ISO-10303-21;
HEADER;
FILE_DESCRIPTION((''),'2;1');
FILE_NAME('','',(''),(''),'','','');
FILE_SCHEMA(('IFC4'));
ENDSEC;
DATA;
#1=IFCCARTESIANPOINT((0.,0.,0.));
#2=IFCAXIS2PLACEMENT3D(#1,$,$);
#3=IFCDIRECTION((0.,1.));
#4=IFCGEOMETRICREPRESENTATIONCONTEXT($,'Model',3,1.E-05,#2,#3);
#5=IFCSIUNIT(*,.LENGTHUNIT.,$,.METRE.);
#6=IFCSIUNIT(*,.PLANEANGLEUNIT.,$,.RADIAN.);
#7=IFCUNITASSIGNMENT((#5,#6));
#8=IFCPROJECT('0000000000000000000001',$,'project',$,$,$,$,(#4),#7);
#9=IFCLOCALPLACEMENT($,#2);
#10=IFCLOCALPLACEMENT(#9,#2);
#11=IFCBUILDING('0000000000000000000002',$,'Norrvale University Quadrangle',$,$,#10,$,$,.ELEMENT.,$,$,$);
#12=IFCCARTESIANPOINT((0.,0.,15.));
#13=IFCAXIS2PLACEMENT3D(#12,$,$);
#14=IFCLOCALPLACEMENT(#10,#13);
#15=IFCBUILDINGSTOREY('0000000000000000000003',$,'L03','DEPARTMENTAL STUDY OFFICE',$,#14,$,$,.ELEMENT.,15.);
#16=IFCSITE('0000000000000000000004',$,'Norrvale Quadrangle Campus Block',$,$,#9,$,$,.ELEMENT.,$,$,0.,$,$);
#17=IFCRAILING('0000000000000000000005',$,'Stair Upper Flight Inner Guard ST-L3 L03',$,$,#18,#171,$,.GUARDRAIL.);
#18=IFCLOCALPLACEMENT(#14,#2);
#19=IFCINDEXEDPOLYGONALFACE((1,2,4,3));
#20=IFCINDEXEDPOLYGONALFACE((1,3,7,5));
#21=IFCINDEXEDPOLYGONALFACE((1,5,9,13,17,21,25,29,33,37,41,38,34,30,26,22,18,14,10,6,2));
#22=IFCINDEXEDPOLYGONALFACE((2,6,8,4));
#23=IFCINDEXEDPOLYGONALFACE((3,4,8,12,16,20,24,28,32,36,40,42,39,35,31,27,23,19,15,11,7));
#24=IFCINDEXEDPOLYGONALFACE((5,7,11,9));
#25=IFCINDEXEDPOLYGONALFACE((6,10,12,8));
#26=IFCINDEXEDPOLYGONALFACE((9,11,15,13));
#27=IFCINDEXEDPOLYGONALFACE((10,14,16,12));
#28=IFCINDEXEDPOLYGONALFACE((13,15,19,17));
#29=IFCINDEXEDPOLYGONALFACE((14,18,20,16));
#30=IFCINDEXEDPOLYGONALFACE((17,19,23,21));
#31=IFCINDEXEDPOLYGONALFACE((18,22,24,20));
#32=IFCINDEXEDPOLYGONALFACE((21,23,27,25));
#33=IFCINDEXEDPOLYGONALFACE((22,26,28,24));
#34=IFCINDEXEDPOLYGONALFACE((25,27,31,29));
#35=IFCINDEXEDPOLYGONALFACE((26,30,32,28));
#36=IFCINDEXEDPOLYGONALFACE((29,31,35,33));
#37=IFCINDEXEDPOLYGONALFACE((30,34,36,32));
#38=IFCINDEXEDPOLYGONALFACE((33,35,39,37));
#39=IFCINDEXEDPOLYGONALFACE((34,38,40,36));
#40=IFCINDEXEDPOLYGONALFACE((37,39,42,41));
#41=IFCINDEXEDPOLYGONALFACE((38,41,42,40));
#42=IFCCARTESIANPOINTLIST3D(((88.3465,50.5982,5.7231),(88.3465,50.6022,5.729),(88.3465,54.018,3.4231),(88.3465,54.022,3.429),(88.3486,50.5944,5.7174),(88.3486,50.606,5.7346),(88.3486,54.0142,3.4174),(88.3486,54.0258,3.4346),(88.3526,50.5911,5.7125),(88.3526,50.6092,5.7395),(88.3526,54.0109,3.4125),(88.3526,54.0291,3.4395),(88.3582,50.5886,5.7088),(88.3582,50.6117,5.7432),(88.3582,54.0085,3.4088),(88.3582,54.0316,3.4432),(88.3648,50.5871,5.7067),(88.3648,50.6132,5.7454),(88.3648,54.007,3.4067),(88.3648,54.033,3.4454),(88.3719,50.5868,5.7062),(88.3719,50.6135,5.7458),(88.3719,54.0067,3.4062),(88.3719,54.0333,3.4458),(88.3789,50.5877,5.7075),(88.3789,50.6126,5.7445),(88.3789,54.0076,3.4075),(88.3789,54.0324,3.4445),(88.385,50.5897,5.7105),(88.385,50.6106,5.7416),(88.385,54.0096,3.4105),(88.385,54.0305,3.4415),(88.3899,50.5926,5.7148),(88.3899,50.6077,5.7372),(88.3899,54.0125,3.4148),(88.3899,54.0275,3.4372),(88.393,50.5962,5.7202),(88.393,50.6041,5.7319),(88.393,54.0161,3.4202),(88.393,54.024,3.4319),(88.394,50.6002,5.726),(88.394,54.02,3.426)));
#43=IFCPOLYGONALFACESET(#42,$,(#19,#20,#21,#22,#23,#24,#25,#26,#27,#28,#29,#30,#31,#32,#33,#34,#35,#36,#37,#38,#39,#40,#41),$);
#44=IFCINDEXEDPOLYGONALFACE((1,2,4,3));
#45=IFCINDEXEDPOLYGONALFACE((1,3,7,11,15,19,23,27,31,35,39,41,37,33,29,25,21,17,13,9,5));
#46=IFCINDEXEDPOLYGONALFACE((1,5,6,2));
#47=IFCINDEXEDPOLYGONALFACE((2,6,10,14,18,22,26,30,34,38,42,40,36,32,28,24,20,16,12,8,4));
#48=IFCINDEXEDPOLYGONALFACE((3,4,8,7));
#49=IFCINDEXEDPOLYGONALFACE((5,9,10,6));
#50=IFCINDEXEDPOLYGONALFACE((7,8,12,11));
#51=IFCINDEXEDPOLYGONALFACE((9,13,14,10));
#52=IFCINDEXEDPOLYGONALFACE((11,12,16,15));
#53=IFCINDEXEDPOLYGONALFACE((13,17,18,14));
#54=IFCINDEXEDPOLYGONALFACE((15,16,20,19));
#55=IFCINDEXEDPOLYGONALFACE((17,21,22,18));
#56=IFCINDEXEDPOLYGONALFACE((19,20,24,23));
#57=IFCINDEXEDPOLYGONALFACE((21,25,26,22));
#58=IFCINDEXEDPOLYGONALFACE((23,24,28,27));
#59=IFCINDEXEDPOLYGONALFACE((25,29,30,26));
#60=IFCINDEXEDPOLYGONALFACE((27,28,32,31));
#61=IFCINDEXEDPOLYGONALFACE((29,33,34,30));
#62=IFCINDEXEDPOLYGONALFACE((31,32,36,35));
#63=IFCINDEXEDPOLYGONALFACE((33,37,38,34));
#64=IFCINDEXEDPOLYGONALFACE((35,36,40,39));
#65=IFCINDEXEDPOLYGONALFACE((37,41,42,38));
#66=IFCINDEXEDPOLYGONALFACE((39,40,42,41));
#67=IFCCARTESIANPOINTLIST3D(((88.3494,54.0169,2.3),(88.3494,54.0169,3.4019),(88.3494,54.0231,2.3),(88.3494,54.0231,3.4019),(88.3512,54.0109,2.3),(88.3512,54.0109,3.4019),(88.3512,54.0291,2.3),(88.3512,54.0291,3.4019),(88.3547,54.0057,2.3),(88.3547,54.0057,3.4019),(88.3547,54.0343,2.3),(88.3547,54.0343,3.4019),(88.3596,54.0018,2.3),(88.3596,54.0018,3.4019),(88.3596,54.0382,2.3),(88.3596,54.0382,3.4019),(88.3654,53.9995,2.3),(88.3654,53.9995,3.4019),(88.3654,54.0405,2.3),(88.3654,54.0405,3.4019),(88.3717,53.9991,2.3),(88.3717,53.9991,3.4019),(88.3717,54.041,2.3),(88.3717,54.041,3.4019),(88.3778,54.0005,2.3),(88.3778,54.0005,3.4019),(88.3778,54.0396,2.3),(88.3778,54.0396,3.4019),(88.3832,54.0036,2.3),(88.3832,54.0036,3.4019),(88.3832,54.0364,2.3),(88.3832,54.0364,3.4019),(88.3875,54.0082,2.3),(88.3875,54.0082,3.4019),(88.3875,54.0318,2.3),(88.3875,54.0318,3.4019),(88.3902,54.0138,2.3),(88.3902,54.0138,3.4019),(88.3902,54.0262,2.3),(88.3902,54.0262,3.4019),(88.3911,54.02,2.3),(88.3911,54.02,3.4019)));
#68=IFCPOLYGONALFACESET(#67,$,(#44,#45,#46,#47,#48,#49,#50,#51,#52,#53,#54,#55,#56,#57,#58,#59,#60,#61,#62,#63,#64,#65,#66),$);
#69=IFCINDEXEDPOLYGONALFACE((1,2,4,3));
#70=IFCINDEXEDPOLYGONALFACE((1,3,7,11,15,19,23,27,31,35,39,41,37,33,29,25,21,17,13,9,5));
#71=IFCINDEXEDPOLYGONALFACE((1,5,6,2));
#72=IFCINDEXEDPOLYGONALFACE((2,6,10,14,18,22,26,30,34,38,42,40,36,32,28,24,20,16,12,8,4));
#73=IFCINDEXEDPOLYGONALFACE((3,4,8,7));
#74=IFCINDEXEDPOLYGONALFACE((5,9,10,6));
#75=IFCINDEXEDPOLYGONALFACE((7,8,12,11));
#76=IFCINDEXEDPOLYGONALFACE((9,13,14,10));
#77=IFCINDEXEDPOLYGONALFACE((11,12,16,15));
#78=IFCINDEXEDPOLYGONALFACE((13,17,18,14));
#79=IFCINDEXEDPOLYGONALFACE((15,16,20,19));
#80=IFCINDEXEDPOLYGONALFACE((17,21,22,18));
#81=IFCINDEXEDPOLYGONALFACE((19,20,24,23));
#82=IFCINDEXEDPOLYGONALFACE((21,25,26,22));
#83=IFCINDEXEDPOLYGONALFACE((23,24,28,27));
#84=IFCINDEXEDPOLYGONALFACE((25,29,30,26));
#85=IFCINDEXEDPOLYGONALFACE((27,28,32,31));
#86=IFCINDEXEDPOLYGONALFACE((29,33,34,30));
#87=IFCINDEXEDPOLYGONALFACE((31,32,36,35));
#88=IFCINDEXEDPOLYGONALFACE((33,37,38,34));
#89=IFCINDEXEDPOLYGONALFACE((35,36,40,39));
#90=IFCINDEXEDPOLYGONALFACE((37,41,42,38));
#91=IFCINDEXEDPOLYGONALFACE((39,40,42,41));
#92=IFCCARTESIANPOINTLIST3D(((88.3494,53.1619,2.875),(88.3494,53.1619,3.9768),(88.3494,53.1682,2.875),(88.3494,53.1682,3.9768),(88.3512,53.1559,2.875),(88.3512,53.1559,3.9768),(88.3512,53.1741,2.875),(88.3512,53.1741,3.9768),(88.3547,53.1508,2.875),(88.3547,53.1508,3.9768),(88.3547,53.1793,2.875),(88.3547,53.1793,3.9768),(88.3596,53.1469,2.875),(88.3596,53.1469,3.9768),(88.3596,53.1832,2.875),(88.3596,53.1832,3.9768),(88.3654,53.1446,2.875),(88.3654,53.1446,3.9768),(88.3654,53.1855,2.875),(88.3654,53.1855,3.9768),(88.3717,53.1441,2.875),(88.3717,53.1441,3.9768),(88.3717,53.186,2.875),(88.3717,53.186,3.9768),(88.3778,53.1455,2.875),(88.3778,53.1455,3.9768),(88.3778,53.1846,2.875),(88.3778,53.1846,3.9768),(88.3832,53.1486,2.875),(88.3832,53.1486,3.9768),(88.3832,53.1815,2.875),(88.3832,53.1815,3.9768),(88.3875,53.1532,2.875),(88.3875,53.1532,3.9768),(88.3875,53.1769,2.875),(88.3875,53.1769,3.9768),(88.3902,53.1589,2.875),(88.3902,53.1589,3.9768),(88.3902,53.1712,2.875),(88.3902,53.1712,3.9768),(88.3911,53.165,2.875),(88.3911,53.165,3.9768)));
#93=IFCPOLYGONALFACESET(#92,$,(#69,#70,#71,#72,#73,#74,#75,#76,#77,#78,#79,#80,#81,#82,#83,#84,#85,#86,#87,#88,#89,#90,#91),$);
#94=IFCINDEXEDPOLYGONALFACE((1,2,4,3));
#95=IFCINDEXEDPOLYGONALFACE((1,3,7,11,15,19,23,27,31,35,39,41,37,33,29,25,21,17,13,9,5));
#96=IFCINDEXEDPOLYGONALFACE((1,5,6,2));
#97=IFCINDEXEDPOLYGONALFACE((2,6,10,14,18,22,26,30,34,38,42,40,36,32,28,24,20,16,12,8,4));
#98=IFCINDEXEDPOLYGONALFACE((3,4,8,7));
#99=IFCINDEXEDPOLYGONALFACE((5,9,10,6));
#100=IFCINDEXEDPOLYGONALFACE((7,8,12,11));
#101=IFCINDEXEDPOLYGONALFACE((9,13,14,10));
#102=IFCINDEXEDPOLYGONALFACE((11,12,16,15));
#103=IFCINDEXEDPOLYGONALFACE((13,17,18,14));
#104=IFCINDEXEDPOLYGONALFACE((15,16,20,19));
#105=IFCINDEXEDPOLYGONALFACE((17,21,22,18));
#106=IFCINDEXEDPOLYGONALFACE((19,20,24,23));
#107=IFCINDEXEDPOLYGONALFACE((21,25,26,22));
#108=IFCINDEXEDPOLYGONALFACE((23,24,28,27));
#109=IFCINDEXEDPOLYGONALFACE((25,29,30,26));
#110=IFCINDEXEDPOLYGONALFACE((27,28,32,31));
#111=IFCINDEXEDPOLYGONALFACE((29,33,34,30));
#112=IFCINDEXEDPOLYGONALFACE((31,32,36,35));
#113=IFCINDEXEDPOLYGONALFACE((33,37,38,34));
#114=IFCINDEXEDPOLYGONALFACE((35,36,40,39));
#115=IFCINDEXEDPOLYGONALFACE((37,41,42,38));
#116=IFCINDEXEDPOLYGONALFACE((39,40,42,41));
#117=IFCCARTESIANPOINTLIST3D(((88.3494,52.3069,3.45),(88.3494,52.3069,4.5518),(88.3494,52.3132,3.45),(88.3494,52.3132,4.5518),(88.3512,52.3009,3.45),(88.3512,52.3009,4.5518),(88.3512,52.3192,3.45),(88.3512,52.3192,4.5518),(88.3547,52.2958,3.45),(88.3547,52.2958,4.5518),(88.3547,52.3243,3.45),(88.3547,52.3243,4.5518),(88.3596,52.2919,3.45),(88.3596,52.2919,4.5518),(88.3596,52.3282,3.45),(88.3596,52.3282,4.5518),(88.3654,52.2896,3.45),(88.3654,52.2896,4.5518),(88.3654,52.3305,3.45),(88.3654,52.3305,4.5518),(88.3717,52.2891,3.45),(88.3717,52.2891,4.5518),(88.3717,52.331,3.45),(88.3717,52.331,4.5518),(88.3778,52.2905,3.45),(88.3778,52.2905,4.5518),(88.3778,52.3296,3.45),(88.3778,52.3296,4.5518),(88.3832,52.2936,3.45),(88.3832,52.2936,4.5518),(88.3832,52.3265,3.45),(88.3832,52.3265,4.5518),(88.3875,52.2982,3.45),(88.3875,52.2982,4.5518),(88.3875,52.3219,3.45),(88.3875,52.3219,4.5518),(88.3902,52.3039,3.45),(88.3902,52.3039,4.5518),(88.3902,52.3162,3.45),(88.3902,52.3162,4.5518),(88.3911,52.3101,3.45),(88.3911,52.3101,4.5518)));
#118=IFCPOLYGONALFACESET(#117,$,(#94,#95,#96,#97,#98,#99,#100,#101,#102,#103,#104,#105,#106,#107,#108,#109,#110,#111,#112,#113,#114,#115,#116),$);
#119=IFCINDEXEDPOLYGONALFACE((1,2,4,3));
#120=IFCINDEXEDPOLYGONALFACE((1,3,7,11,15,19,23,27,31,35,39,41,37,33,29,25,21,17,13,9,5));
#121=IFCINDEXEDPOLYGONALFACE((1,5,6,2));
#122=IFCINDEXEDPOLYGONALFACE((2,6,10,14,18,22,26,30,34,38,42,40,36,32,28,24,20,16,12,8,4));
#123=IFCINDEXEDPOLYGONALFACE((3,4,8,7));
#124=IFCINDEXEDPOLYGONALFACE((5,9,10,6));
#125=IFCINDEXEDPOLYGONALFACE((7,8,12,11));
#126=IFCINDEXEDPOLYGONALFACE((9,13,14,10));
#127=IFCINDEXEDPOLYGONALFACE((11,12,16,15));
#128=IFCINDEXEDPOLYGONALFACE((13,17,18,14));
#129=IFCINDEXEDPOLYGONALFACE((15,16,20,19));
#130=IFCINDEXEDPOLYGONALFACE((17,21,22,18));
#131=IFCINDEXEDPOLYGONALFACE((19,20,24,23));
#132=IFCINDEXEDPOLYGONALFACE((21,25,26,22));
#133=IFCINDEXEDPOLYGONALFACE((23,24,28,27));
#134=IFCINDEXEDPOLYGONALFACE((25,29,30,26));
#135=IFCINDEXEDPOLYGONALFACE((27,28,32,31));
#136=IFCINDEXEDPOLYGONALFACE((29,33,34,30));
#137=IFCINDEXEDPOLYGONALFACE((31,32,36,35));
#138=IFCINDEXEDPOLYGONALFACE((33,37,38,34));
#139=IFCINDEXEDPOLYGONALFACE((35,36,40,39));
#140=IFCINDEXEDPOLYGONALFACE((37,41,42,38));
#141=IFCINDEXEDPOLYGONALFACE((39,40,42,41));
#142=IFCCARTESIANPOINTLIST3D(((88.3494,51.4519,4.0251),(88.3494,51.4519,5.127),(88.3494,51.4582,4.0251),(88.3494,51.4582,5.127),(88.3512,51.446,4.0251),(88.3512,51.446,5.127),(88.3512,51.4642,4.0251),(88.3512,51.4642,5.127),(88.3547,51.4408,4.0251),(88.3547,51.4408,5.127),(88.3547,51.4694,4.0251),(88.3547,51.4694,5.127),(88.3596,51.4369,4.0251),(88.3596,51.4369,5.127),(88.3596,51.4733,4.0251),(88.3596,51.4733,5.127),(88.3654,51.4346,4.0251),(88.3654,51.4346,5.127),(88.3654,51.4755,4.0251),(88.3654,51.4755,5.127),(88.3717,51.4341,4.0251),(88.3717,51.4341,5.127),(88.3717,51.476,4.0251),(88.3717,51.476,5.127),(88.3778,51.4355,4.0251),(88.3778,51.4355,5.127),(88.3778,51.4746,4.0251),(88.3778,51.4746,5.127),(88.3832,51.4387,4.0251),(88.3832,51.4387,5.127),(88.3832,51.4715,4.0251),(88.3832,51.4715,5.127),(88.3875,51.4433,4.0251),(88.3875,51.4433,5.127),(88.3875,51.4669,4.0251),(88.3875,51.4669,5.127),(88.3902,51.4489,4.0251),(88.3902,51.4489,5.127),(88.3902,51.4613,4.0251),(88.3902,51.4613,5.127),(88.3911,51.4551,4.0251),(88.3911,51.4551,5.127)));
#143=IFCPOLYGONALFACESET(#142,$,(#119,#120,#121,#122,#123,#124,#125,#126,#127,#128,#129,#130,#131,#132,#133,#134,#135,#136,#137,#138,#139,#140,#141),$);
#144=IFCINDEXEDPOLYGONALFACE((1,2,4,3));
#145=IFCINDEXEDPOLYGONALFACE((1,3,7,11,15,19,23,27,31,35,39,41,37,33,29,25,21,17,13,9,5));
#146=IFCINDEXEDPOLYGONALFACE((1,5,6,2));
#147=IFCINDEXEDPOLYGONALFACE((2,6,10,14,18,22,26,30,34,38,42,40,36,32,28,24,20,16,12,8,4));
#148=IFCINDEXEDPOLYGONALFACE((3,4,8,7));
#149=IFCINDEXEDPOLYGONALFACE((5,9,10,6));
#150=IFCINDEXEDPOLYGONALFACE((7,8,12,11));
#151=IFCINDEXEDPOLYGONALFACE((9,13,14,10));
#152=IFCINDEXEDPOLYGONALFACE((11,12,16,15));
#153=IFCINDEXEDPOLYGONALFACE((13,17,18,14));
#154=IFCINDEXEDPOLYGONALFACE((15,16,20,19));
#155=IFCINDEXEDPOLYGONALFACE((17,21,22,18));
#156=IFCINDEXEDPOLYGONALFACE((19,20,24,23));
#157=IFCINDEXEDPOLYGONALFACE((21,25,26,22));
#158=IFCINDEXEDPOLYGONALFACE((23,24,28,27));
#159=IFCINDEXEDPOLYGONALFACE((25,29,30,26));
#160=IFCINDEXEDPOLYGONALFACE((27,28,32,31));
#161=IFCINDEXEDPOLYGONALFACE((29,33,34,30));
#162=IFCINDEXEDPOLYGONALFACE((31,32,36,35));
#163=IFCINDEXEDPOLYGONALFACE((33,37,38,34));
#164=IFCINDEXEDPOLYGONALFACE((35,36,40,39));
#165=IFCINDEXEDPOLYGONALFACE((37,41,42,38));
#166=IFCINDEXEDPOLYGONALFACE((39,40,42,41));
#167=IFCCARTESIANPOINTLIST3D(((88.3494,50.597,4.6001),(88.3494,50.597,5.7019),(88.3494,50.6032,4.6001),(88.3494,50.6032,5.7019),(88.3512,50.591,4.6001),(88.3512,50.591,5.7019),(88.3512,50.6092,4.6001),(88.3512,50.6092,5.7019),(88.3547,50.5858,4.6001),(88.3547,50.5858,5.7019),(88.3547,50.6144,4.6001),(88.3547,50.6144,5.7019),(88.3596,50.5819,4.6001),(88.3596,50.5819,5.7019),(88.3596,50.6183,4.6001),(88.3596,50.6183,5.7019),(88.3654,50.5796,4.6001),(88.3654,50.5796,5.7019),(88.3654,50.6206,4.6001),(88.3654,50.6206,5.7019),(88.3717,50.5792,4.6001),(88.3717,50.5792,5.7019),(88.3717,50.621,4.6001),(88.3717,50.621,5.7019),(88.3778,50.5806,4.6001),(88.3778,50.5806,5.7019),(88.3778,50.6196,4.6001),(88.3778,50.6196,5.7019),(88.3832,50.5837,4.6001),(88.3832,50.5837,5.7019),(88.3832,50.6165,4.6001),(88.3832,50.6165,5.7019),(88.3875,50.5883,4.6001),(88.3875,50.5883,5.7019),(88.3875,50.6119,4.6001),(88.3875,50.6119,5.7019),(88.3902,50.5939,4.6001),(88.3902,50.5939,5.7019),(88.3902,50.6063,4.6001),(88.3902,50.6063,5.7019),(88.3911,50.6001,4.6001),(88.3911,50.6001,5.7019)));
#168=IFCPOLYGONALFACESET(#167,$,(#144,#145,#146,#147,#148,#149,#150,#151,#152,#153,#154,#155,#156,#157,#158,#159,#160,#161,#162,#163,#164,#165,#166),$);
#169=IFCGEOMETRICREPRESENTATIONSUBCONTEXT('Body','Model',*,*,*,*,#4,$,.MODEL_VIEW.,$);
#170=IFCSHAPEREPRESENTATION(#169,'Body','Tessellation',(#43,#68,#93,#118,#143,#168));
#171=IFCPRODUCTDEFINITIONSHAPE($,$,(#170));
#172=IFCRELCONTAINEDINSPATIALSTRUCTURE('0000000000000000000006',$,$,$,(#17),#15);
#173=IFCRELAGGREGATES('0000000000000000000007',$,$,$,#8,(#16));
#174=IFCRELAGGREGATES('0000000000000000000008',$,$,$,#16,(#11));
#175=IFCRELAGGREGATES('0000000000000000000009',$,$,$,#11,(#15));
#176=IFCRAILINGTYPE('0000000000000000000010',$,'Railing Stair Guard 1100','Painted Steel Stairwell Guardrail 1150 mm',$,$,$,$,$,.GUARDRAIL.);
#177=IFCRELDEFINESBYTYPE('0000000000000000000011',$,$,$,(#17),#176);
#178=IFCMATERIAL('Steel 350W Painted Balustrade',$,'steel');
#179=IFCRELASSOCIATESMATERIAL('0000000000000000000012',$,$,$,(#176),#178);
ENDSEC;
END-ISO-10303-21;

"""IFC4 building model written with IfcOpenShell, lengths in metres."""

from ifc_helpers import new_model, si_unit, direction, frame, origin, origin_2d, place, context, subcontext, project, spatial, circle, extrude, material, type_object, element, save


model = new_model("IFC4")

# Units and contexts
model_context = context("Model", 3, precision=1e-05, world=origin(), true_north=direction((0.0, 1.0)))
body_context = subcontext(model_context, "Body", "Model", "MODEL_VIEW")
ifc_project = project(units=[si_unit("LENGTHUNIT", "METRE"), si_unit("PLANEANGLEUNIT", "RADIAN")], contexts=[model_context])

# Site, building, storey
site_placement = place(None, origin())
site = spatial("IfcSite", under=ifc_project, at=site_placement, Name="Norrvale Quadrangle Campus Block", CompositionType="ELEMENT", RefElevation=0.0)
building_placement = place(site_placement, origin())
building = spatial("IfcBuilding", under=site, at=building_placement, Name="Norrvale University Quadrangle", CompositionType="ELEMENT")
storey_placement = place(building_placement, frame((0.0, 0.0, 15.0)))
storey = spatial("IfcBuildingStorey", under=building, at=storey_placement, Name="L03", Description="DEPARTMENTAL STUDY OFFICE", CompositionType="ELEMENT", Elevation=15.0)

# Railing
ifc_material_1 = material(Name="Steel 350W Painted Balustrade", Category="steel")
railing_type_1 = type_object("IfcRailingType", Name="Railing Stair Guard 1100", Description="Painted Steel Stairwell Guardrail 1150 mm", PredefinedType="GUARDRAIL", material=ifc_material_1)
railing_1_placement = place(storey_placement, frame((88.3701, 54.02, 2.3)))
element("IfcRailing", 1, at=railing_1_placement, inside=storey, type_object=railing_type_1, Name="Stair Upper Flight Inner Guard ST-L3 L03", PredefinedType="GUARDRAIL", context=body_context, shape_type="SweptSolid", body=[
    extrude(circle(Radius=0.0239, at=origin_2d()), frame((0.0, 0.0, 1.126), z_axis=(0.0, -0.829792, 0.558072), x_axis=(1.0, 0.0, 0.0)), (0.0, 0.0, 1.0), 4.1213),
    extrude(circle(Radius=0.021, at=origin_2d()), origin(), (0.0, 0.0, 1.0), 1.1018),
    extrude(circle(Radius=0.021, at=origin_2d()), frame((0.0, -0.855, 0.575)), (0.0, 0.0, 1.0), 1.1018),
    extrude(circle(Radius=0.021, at=origin_2d()), frame((0.0, -1.71, 1.1499)), (0.0, 0.0, 1.0), 1.1018),
    extrude(circle(Radius=0.021, at=origin_2d()), frame((0.0, -2.5649, 1.7251)), (0.0, 0.0, 1.0), 1.1018),
    extrude(circle(Radius=0.021, at=origin_2d()), frame((0.0, -3.4199, 2.3)), (0.0, 0.0, 1.0), 1.1018),
])

save(model, "model.ifc")
